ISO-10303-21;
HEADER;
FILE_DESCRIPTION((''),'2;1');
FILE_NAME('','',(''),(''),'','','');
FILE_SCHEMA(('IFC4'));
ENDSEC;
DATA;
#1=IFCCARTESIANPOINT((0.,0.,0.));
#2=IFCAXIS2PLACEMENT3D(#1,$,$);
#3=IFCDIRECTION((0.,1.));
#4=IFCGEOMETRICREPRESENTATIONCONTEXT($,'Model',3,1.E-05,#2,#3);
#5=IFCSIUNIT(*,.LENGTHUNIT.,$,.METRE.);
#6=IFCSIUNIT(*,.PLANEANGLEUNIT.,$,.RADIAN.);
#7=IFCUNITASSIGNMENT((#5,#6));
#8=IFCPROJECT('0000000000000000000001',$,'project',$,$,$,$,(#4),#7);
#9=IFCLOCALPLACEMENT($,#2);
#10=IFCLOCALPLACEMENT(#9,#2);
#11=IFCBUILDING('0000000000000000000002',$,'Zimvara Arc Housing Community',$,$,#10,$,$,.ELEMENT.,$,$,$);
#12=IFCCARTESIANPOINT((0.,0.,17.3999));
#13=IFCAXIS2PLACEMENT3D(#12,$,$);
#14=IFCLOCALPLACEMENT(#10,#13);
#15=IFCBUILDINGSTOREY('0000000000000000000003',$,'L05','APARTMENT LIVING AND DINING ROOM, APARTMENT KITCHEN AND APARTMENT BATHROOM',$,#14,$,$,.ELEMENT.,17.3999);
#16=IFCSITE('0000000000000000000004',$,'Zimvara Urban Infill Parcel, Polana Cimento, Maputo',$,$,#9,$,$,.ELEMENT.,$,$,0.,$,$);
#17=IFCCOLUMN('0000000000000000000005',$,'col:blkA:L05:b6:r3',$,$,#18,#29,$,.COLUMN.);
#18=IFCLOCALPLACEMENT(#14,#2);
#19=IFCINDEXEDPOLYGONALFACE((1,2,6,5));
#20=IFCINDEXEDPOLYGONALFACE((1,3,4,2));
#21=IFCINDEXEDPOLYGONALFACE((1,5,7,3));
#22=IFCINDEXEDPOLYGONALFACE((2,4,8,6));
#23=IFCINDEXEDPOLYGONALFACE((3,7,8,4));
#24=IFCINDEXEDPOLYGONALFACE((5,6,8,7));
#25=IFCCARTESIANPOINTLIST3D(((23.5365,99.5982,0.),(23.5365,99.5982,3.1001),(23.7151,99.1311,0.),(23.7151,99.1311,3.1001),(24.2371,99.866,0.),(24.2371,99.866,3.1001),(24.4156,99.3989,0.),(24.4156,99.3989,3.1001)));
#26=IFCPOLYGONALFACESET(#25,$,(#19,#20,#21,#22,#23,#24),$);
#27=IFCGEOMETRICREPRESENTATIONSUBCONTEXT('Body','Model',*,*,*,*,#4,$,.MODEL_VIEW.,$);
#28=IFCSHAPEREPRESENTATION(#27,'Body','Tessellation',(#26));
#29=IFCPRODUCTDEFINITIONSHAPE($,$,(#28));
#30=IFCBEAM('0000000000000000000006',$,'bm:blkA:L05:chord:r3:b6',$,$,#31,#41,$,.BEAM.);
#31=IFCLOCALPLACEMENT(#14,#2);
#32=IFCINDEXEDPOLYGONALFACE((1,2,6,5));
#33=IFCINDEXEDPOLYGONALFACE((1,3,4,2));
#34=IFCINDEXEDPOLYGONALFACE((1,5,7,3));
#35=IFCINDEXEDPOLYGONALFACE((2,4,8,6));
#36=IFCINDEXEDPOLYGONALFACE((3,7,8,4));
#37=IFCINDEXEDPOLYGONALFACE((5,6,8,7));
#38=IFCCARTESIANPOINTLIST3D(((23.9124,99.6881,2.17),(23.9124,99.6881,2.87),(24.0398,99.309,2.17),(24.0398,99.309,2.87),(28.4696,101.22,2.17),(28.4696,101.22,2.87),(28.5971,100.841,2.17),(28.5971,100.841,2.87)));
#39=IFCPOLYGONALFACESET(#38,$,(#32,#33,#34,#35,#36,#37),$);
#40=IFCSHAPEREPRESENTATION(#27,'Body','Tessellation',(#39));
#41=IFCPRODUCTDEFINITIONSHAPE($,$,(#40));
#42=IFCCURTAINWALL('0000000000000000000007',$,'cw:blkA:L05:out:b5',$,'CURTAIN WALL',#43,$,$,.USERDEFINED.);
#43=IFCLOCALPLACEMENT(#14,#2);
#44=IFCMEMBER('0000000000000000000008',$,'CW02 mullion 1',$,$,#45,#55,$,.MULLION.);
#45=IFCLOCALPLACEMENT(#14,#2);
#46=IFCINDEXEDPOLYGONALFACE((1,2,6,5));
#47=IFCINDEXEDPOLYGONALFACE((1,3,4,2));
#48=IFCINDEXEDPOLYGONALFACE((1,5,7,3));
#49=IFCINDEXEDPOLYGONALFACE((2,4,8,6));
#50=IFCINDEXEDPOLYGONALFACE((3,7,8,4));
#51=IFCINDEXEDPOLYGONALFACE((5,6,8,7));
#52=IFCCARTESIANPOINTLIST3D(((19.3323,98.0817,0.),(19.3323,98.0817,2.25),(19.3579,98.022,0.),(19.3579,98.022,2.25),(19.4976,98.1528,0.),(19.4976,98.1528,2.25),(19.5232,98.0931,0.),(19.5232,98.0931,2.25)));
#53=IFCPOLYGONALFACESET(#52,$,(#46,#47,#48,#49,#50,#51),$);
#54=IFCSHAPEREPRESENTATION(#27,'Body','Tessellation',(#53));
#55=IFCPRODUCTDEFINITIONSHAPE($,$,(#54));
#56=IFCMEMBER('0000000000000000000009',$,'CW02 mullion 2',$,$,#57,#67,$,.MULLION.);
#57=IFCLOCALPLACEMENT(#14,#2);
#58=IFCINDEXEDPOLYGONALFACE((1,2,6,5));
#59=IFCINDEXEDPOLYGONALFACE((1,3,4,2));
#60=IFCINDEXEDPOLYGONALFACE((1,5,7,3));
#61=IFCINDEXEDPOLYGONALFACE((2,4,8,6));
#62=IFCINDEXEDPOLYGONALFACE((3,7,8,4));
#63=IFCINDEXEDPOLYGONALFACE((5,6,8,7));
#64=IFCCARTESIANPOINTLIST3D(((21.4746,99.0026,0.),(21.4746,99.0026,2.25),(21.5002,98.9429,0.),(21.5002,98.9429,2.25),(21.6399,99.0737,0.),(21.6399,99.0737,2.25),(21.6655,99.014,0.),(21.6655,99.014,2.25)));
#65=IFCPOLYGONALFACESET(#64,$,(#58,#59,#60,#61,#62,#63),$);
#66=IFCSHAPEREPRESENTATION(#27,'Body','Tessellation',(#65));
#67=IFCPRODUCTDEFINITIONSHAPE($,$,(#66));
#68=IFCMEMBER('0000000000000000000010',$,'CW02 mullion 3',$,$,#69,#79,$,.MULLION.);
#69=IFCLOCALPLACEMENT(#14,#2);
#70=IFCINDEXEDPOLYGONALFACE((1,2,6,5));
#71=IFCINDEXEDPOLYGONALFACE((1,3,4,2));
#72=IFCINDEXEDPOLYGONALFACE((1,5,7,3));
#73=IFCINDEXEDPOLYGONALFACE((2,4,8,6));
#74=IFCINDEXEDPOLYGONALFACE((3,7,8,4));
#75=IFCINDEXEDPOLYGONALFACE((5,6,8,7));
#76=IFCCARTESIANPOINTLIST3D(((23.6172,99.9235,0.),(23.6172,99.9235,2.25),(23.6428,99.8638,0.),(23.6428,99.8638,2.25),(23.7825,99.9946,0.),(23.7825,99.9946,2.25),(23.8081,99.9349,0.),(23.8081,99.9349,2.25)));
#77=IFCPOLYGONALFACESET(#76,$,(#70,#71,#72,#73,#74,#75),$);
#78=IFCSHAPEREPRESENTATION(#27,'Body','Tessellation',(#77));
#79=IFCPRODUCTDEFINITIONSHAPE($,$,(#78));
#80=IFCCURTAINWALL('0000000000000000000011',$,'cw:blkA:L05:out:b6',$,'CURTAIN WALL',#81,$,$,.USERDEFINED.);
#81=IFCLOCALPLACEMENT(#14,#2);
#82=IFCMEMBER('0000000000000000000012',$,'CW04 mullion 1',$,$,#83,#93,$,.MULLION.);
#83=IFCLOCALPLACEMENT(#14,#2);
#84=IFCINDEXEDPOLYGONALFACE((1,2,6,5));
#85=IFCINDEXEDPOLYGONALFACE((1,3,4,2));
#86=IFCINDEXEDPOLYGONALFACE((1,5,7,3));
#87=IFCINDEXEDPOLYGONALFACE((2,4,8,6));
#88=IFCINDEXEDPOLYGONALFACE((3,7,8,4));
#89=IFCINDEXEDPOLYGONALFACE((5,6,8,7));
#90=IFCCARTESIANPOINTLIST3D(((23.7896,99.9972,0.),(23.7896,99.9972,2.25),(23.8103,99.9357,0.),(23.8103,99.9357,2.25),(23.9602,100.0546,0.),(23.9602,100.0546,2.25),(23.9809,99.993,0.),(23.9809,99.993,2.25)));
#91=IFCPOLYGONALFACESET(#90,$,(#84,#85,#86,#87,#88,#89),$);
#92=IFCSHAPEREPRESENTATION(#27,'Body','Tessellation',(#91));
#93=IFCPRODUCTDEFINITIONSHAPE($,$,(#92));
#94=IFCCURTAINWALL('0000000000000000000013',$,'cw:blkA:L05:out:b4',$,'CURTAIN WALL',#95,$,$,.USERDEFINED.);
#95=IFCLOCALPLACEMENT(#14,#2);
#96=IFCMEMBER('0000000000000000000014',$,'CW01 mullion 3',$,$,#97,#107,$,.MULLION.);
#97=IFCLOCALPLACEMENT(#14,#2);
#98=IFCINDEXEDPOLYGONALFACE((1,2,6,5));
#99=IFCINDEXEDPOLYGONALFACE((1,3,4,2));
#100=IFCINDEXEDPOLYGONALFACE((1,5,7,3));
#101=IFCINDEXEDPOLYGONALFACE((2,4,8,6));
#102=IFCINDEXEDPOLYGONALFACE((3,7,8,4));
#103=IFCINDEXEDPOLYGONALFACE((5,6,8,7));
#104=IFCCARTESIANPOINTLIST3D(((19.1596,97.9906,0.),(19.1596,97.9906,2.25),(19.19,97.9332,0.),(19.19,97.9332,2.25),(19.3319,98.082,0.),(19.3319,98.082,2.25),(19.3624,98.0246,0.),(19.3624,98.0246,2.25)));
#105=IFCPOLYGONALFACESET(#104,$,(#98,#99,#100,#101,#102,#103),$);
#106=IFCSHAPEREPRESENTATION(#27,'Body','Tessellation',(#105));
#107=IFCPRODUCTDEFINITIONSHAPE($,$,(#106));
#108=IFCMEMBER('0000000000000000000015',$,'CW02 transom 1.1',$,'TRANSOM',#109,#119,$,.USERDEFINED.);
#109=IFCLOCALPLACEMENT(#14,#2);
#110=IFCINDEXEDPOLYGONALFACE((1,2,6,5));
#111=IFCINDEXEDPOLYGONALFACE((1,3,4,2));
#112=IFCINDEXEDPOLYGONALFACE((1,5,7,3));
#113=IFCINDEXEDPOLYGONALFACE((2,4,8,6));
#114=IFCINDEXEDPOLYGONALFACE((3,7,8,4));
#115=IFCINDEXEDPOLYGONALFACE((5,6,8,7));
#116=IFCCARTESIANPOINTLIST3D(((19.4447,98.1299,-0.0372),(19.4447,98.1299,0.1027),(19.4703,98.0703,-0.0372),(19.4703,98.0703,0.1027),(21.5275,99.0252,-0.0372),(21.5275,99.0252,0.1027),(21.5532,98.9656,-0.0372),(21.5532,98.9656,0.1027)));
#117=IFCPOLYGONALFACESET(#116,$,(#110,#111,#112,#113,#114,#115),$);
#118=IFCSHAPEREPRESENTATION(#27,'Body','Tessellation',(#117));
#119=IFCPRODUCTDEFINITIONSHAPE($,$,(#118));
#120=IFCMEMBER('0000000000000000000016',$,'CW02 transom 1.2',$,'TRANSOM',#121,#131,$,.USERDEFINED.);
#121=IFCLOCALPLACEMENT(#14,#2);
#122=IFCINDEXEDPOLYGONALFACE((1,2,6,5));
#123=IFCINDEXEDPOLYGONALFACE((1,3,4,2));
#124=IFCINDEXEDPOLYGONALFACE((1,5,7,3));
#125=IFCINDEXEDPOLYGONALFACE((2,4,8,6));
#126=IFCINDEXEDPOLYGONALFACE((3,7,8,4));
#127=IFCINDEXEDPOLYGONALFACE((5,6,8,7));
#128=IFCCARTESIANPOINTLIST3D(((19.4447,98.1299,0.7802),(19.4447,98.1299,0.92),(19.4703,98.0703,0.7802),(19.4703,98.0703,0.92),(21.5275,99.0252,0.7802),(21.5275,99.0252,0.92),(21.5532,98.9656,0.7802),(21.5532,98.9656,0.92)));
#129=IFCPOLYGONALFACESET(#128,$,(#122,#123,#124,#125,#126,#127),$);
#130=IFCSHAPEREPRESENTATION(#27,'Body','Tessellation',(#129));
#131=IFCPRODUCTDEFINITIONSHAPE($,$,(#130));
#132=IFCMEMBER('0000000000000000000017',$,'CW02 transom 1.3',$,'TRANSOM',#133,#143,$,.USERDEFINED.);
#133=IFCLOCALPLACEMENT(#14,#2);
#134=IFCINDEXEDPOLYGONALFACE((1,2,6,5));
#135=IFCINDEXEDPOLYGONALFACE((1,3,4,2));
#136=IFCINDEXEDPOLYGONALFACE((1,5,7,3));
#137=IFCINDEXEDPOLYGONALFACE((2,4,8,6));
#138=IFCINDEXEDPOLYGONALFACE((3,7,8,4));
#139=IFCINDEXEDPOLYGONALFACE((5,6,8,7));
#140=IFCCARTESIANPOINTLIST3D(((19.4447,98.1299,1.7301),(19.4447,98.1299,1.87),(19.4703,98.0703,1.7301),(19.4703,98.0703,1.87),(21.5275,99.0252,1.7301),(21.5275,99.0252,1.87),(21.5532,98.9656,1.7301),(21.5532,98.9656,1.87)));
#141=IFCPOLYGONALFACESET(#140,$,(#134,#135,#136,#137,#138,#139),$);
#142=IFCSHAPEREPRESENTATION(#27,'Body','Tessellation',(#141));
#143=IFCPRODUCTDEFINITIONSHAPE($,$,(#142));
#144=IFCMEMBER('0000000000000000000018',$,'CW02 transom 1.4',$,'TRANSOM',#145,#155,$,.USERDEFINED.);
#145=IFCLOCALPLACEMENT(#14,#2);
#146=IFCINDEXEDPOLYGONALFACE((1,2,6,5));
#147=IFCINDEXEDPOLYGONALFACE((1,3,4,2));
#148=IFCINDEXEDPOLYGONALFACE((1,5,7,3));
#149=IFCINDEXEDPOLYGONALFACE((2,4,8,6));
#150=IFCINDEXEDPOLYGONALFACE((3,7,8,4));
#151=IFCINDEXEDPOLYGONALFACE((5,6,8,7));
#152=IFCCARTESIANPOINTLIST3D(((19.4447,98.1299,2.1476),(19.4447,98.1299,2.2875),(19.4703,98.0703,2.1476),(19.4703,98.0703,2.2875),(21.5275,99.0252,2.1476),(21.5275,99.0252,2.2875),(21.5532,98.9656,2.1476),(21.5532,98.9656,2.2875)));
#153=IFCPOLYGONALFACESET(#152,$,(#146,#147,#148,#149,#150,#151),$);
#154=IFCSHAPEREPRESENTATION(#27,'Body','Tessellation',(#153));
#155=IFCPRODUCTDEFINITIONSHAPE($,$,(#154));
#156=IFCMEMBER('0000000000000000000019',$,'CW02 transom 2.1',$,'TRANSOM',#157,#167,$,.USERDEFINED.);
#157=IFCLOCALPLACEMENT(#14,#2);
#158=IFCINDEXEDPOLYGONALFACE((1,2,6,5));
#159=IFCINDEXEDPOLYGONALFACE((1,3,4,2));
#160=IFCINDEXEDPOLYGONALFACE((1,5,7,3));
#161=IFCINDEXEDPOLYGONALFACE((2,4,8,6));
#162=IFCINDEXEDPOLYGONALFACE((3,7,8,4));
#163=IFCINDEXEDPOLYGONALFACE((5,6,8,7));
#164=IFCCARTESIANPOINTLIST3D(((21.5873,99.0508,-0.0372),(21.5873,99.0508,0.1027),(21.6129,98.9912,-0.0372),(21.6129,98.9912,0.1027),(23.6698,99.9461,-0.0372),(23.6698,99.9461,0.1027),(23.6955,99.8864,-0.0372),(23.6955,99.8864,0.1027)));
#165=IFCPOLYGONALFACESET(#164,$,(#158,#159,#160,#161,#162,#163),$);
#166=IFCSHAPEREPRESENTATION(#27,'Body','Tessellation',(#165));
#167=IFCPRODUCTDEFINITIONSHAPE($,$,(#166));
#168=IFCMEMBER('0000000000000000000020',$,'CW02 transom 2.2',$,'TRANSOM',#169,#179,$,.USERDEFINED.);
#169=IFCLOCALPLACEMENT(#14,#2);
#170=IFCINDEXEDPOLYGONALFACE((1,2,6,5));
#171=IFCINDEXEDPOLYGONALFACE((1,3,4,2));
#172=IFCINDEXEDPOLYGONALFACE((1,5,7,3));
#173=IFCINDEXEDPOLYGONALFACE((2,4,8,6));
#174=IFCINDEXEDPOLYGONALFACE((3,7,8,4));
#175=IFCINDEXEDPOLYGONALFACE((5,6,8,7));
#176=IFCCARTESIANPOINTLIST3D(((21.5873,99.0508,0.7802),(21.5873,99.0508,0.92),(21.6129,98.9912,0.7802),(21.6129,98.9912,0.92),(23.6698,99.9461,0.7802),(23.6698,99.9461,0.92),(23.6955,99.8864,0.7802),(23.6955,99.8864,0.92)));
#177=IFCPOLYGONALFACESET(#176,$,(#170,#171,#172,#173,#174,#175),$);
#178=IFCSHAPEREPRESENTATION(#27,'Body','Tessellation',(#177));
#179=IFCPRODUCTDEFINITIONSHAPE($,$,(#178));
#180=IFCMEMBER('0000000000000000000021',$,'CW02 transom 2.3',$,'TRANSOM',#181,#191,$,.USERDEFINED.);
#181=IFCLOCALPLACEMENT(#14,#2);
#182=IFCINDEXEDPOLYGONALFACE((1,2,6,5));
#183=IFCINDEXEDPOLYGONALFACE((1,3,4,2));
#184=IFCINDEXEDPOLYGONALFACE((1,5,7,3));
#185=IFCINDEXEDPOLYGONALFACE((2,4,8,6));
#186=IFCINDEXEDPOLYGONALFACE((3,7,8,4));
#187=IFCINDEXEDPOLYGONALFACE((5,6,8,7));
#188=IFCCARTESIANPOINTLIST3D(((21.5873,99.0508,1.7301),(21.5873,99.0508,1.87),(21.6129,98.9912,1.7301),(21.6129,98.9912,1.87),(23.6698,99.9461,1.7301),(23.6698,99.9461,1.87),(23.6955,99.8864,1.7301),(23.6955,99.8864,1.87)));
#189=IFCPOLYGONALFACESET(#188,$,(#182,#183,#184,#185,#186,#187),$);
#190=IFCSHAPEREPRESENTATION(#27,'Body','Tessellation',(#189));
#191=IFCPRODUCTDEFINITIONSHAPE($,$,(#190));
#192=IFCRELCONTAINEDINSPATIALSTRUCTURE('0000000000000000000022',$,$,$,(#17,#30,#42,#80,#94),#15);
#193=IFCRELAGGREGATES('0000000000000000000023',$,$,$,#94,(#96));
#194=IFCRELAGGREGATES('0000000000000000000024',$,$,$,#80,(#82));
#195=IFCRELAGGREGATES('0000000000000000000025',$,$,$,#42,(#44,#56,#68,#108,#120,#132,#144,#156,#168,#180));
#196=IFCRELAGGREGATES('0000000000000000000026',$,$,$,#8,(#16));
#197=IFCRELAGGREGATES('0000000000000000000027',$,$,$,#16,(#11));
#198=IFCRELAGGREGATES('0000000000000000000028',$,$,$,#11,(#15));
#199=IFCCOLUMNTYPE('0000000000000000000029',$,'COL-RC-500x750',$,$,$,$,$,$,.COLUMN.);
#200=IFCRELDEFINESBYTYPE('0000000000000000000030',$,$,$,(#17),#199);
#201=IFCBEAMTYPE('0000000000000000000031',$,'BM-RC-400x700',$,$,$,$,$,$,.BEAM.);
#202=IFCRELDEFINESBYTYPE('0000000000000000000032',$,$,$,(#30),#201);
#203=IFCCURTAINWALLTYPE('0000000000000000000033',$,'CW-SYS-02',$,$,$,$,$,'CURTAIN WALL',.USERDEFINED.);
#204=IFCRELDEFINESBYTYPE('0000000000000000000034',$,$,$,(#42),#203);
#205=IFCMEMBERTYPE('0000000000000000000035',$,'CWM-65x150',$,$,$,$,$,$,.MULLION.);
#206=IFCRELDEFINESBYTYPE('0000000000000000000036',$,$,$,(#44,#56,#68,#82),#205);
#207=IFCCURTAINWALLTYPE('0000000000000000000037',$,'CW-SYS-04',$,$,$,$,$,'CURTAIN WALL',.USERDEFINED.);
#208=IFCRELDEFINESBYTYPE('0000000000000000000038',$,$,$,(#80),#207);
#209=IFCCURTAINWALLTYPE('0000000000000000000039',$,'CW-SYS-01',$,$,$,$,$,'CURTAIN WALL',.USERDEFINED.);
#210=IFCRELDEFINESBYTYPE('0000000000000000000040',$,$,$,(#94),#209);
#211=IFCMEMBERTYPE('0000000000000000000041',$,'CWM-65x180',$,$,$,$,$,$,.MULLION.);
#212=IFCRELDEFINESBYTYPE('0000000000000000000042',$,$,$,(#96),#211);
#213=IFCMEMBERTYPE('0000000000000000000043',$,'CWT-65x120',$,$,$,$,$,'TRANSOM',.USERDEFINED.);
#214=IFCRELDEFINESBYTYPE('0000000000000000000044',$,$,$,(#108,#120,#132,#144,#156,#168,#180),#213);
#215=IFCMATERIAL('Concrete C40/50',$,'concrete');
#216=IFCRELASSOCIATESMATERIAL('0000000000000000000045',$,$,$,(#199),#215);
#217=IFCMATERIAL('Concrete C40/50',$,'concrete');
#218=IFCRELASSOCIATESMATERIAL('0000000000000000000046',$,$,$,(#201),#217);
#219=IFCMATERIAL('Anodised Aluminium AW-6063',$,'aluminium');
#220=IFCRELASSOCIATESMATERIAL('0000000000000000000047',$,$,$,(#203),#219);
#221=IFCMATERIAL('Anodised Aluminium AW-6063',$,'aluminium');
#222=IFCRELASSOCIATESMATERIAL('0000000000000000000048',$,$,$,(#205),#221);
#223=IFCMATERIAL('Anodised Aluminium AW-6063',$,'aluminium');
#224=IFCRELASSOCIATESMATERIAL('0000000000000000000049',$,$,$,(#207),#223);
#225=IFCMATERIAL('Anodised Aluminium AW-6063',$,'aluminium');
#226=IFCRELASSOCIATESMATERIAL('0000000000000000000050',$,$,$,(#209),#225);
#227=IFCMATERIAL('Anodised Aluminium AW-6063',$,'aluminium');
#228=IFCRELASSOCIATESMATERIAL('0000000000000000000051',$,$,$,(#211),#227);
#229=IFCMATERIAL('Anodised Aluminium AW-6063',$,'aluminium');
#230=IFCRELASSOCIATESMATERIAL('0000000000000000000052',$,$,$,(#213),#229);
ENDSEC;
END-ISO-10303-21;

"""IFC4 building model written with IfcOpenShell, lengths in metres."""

from ifc_helpers import new_model, si_unit, direction, frame, origin, origin_2d, place, context, subcontext, project, spatial, rectangle, extrude, material, material_profile, profile_set, type_object, element, aggregate, save


model = new_model("IFC4")

# Units and contexts
model_context = context("Model", 3, precision=1e-05, world=origin(), true_north=direction((0.0, 1.0)))
body_context = subcontext(model_context, "Body", "Model", "MODEL_VIEW")
ifc_project = project(units=[si_unit("LENGTHUNIT", "METRE"), si_unit("PLANEANGLEUNIT", "RADIAN")], contexts=[model_context])

# Site, building, storey
site_placement = place(None, origin())
site = spatial("IfcSite", under=ifc_project, at=site_placement, Name="Zimvara Urban Infill Parcel, Polana Cimento, Maputo", CompositionType="ELEMENT", RefElevation=0.0)
building_placement = place(site_placement, origin())
building = spatial("IfcBuilding", under=site, at=building_placement, Name="Zimvara Arc Housing Community", CompositionType="ELEMENT")
storey_placement = place(building_placement, frame((0.0, 0.0, 17.3999)))
storey = spatial("IfcBuildingStorey", under=building, at=storey_placement, Name="L05", Description="APARTMENT LIVING AND DINING ROOM, APARTMENT KITCHEN AND APARTMENT BATHROOM", CompositionType="ELEMENT", Elevation=17.3999)

# Column
ifc_material_1 = material(Name="Concrete C40/50", Category="concrete")
ifc_material_profile_1 = material_profile(ifc_material_1, rectangle(XDim=0.5, YDim=0.75, at=origin_2d()), Name="RC 500x750")
ifc_profile_set_1 = profile_set([ifc_material_profile_1], Name="Concrete C40/50")
column_type = type_object("IfcColumnType", Name="COL-RC-500x750", PredefinedType="COLUMN", material=ifc_profile_set_1)
column_placement = place(storey_placement, frame((23.9761, 99.4985, 0.0), z_axis=(0.0, 0.0, 1.0), x_axis=(-0.357064, 0.93408, 0.0)))
element("IfcColumn", 1, at=column_placement, inside=storey, type_object=column_type, Name="col:blkA:L05:b6:r3", PredefinedType="COLUMN", context=body_context, shape_type="SweptSolid", body=[
    extrude(rectangle(XDim=0.5, YDim=0.75, at=origin_2d()), origin(), (0.0, 0.0, 1.0), 3.1001),
])

# Beam
ifc_material_2 = material(Name="Concrete C40/50", Category="concrete")
ifc_material_profile_2 = material_profile(ifc_material_2, rectangle(XDim=0.3999, YDim=0.7, at=origin_2d()), Name="RC 400x700")
ifc_profile_set_2 = profile_set([ifc_material_profile_2], Name="Concrete C40/50")
beam_type = type_object("IfcBeamType", Name="BM-RC-400x700", PredefinedType="BEAM", material=ifc_profile_set_2)
beam_placement = place(storey_placement, frame((23.9761, 99.4985, 2.52), z_axis=(0.947878, 0.318634, 0.0), x_axis=(-0.318634, 0.947878, 0.0)))
element("IfcBeam", 2, at=beam_placement, inside=storey, type_object=beam_type, Name="bm:blkA:L05:chord:r3:b6", PredefinedType="BEAM", context=body_context, shape_type="SweptSolid", body=[
    extrude(rectangle(XDim=0.3999, YDim=0.7, at=origin_2d()), origin(), (0.0, 0.0, 1.0), 4.8079),
])

# Curtain wall, members
ifc_material_3 = material(Name="Anodised Aluminium AW-6063", Category="aluminium")
curtain_wall_type_1 = type_object("IfcCurtainWallType", Name="CW-SYS-02", ElementType="CURTAIN WALL", PredefinedType="USERDEFINED", material=ifc_material_3)
curtain_wall_1_placement = place(storey_placement, origin())
curtain_wall_1 = element("IfcCurtainWall", 3, at=curtain_wall_1_placement, inside=storey, type_object=curtain_wall_type_1, Name="cw:blkA:L05:out:b5", ObjectType="CURTAIN WALL", PredefinedType="USERDEFINED")
ifc_material_4 = material(Name="Anodised Aluminium AW-6063", Category="aluminium")
ifc_material_profile_3 = material_profile(ifc_material_4, rectangle(XDim=0.0649, YDim=0.1799, at=origin_2d()), Name="ALU 65x180")
ifc_profile_set_3 = profile_set([ifc_material_profile_3], Name="Anodised Aluminium AW-6063")
member_type_1 = type_object("IfcMemberType", Name="CWM-65x150", PredefinedType="MULLION", material=ifc_profile_set_3)
member_1_placement = place(storey_placement, frame((19.4277, 98.0874, 0.0), z_axis=(0.0, 0.0, 1.0), x_axis=(-0.394904, 0.918722, 0.0)))
member_1 = element("IfcMember", 4, at=member_1_placement, type_object=member_type_1, Name="CW02 mullion 1", PredefinedType="MULLION", context=body_context, shape_type="SweptSolid", body=[
    extrude(rectangle(XDim=0.0649, YDim=0.1799, at=origin_2d()), origin(), (0.0, 0.0, 1.0), 2.25),
])
member_2_placement = place(storey_placement, frame((21.5701, 99.0083, 0.0), z_axis=(0.0, 0.0, 1.0), x_axis=(-0.394904, 0.918722, 0.0)))
member_2 = element("IfcMember", 5, at=member_2_placement, type_object=member_type_1, Name="CW02 mullion 2", PredefinedType="MULLION", context=body_context, shape_type="SweptSolid", body=[
    extrude(rectangle(XDim=0.0649, YDim=0.1799, at=origin_2d()), origin(), (0.0, 0.0, 1.0), 2.25),
])
member_3_placement = place(storey_placement, frame((23.7126, 99.9292, 0.0), z_axis=(0.0, 0.0, 1.0), x_axis=(-0.394904, 0.918722, 0.0)))
member_3 = element("IfcMember", 6, at=member_3_placement, type_object=member_type_1, Name="CW02 mullion 3", PredefinedType="MULLION", context=body_context, shape_type="SweptSolid", body=[
    extrude(rectangle(XDim=0.0649, YDim=0.1799, at=origin_2d()), origin(), (0.0, 0.0, 1.0), 2.25),
])

# Curtain walls, members
ifc_material_5 = material(Name="Anodised Aluminium AW-6063", Category="aluminium")
curtain_wall_type_2 = type_object("IfcCurtainWallType", Name="CW-SYS-04", ElementType="CURTAIN WALL", PredefinedType="USERDEFINED", material=ifc_material_5)
curtain_wall_2_placement = place(storey_placement, origin())
curtain_wall_2 = element("IfcCurtainWall", 7, at=curtain_wall_2_placement, inside=storey, type_object=curtain_wall_type_2, Name="cw:blkA:L05:out:b6", ObjectType="CURTAIN WALL", PredefinedType="USERDEFINED")
member_4_placement = place(storey_placement, frame((23.8853, 99.9951, 0.0), z_axis=(0.0, 0.0, 1.0), x_axis=(-0.318629, 0.94788, 0.0)))
member_4 = element("IfcMember", 8, at=member_4_placement, type_object=member_type_1, Name="CW04 mullion 1", PredefinedType="MULLION", context=body_context, shape_type="SweptSolid", body=[
    extrude(rectangle(XDim=0.0649, YDim=0.1799, at=origin_2d()), origin(), (0.0, 0.0, 1.0), 2.25),
])
ifc_material_6 = material(Name="Anodised Aluminium AW-6063", Category="aluminium")
curtain_wall_type_3 = type_object("IfcCurtainWallType", Name="CW-SYS-01", ElementType="CURTAIN WALL", PredefinedType="USERDEFINED", material=ifc_material_6)
curtain_wall_3_placement = place(storey_placement, origin())
curtain_wall_3 = element("IfcCurtainWall", 9, at=curtain_wall_3_placement, inside=storey, type_object=curtain_wall_type_3, Name="cw:blkA:L05:out:b4", ObjectType="CURTAIN WALL", PredefinedType="USERDEFINED")
ifc_material_7 = material(Name="Anodised Aluminium AW-6063", Category="aluminium")
ifc_material_profile_4 = material_profile(ifc_material_7, rectangle(XDim=0.0649, YDim=0.1951, at=origin_2d()), Name="ALU 65x195")
ifc_profile_set_4 = profile_set([ifc_material_profile_4], Name="Anodised Aluminium AW-6063")
member_type_2 = type_object("IfcMemberType", Name="CWM-65x180", PredefinedType="MULLION", material=ifc_profile_set_4)
member_5_placement = place(storey_placement, frame((19.261, 98.0076, 0.0), z_axis=(0.0, 0.0, 1.0), x_axis=(-0.468547, 0.883439, 0.0)))
member_5 = element("IfcMember", 10, at=member_5_placement, type_object=member_type_2, Name="CW01 mullion 3", PredefinedType="MULLION", context=body_context, shape_type="SweptSolid", body=[
    extrude(rectangle(XDim=0.0649, YDim=0.1951, at=origin_2d()), origin(), (0.0, 0.0, 1.0), 2.25),
])
aggregate(curtain_wall_3, [member_5])

# Members
ifc_material_8 = material(Name="Anodised Aluminium AW-6063", Category="aluminium")
ifc_material_profile_5 = material_profile(ifc_material_8, rectangle(XDim=0.0649, YDim=0.1399, at=origin_2d()), Name="ALU 65x140")
ifc_profile_set_5 = profile_set([ifc_material_profile_5], Name="Anodised Aluminium AW-6063")
member_type_3 = type_object("IfcMemberType", Name="CWT-65x120", ElementType="TRANSOM", PredefinedType="USERDEFINED", material=ifc_profile_set_5)
member_6_placement = place(storey_placement, frame((19.4575, 98.1001, 0.0327), z_axis=(0.918721, 0.394907, 0.0), x_axis=(-0.394907, 0.918721, 0.0)))
member_6 = element("IfcMember", 11, at=member_6_placement, type_object=member_type_3, Name="CW02 transom 1.1", ObjectType="TRANSOM", PredefinedType="USERDEFINED", context=body_context, shape_type="SweptSolid", body=[
    extrude(rectangle(XDim=0.0649, YDim=0.1399, at=origin_2d()), origin(), (0.0, 0.0, 1.0), 2.2671),
])
member_7_placement = place(storey_placement, frame((19.4575, 98.1001, 0.8501), z_axis=(0.918721, 0.394907, 0.0), x_axis=(-0.394907, 0.918721, 0.0)))
member_7 = element("IfcMember", 12, at=member_7_placement, type_object=member_type_3, Name="CW02 transom 1.2", ObjectType="TRANSOM", PredefinedType="USERDEFINED", context=body_context, shape_type="SweptSolid", body=[
    extrude(rectangle(XDim=0.0649, YDim=0.1399, at=origin_2d()), origin(), (0.0, 0.0, 1.0), 2.2671),
])
member_8_placement = place(storey_placement, frame((19.4575, 98.1001, 1.8), z_axis=(0.918721, 0.394907, 0.0), x_axis=(-0.394907, 0.918721, 0.0)))
member_8 = element("IfcMember", 13, at=member_8_placement, type_object=member_type_3, Name="CW02 transom 1.3", ObjectType="TRANSOM", PredefinedType="USERDEFINED", context=body_context, shape_type="SweptSolid", body=[
    extrude(rectangle(XDim=0.0649, YDim=0.1399, at=origin_2d()), origin(), (0.0, 0.0, 1.0), 2.2671),
])
member_9_placement = place(storey_placement, frame((19.4575, 98.1001, 2.2175), z_axis=(0.918721, 0.394907, 0.0), x_axis=(-0.394907, 0.918721, 0.0)))
member_9 = element("IfcMember", 14, at=member_9_placement, type_object=member_type_3, Name="CW02 transom 1.4", ObjectType="TRANSOM", PredefinedType="USERDEFINED", context=body_context, shape_type="SweptSolid", body=[
    extrude(rectangle(XDim=0.0649, YDim=0.1399, at=origin_2d()), origin(), (0.0, 0.0, 1.0), 2.2671),
])
member_10_placement = place(storey_placement, frame((21.6001, 99.021, 0.0327), z_axis=(0.918704, 0.394946, 0.0), x_axis=(-0.394946, 0.918704, 0.0)))
member_10 = element("IfcMember", 15, at=member_10_placement, type_object=member_type_3, Name="CW02 transom 2.1", ObjectType="TRANSOM", PredefinedType="USERDEFINED", context=body_context, shape_type="SweptSolid", body=[
    extrude(rectangle(XDim=0.0649, YDim=0.1399, at=origin_2d()), origin(), (0.0, 0.0, 1.0), 2.2668),
])
member_11_placement = place(storey_placement, frame((21.6001, 99.021, 0.8501), z_axis=(0.918704, 0.394946, 0.0), x_axis=(-0.394946, 0.918704, 0.0)))
member_11 = element("IfcMember", 16, at=member_11_placement, type_object=member_type_3, Name="CW02 transom 2.2", ObjectType="TRANSOM", PredefinedType="USERDEFINED", context=body_context, shape_type="SweptSolid", body=[
    extrude(rectangle(XDim=0.0649, YDim=0.1399, at=origin_2d()), origin(), (0.0, 0.0, 1.0), 2.2668),
])
member_12_placement = place(storey_placement, frame((21.6001, 99.021, 1.8), z_axis=(0.918704, 0.394946, 0.0), x_axis=(-0.394946, 0.918704, 0.0)))
member_12 = element("IfcMember", 17, at=member_12_placement, type_object=member_type_3, Name="CW02 transom 2.3", ObjectType="TRANSOM", PredefinedType="USERDEFINED", context=body_context, shape_type="SweptSolid", body=[
    extrude(rectangle(XDim=0.0649, YDim=0.1399, at=origin_2d()), origin(), (0.0, 0.0, 1.0), 2.2668),
])

aggregate(curtain_wall_2, [member_4])
aggregate(curtain_wall_1, [member_1, member_2, member_3, member_6, member_7, member_8, member_9, member_10, member_11, member_12])

save(model, "model.ifc")
